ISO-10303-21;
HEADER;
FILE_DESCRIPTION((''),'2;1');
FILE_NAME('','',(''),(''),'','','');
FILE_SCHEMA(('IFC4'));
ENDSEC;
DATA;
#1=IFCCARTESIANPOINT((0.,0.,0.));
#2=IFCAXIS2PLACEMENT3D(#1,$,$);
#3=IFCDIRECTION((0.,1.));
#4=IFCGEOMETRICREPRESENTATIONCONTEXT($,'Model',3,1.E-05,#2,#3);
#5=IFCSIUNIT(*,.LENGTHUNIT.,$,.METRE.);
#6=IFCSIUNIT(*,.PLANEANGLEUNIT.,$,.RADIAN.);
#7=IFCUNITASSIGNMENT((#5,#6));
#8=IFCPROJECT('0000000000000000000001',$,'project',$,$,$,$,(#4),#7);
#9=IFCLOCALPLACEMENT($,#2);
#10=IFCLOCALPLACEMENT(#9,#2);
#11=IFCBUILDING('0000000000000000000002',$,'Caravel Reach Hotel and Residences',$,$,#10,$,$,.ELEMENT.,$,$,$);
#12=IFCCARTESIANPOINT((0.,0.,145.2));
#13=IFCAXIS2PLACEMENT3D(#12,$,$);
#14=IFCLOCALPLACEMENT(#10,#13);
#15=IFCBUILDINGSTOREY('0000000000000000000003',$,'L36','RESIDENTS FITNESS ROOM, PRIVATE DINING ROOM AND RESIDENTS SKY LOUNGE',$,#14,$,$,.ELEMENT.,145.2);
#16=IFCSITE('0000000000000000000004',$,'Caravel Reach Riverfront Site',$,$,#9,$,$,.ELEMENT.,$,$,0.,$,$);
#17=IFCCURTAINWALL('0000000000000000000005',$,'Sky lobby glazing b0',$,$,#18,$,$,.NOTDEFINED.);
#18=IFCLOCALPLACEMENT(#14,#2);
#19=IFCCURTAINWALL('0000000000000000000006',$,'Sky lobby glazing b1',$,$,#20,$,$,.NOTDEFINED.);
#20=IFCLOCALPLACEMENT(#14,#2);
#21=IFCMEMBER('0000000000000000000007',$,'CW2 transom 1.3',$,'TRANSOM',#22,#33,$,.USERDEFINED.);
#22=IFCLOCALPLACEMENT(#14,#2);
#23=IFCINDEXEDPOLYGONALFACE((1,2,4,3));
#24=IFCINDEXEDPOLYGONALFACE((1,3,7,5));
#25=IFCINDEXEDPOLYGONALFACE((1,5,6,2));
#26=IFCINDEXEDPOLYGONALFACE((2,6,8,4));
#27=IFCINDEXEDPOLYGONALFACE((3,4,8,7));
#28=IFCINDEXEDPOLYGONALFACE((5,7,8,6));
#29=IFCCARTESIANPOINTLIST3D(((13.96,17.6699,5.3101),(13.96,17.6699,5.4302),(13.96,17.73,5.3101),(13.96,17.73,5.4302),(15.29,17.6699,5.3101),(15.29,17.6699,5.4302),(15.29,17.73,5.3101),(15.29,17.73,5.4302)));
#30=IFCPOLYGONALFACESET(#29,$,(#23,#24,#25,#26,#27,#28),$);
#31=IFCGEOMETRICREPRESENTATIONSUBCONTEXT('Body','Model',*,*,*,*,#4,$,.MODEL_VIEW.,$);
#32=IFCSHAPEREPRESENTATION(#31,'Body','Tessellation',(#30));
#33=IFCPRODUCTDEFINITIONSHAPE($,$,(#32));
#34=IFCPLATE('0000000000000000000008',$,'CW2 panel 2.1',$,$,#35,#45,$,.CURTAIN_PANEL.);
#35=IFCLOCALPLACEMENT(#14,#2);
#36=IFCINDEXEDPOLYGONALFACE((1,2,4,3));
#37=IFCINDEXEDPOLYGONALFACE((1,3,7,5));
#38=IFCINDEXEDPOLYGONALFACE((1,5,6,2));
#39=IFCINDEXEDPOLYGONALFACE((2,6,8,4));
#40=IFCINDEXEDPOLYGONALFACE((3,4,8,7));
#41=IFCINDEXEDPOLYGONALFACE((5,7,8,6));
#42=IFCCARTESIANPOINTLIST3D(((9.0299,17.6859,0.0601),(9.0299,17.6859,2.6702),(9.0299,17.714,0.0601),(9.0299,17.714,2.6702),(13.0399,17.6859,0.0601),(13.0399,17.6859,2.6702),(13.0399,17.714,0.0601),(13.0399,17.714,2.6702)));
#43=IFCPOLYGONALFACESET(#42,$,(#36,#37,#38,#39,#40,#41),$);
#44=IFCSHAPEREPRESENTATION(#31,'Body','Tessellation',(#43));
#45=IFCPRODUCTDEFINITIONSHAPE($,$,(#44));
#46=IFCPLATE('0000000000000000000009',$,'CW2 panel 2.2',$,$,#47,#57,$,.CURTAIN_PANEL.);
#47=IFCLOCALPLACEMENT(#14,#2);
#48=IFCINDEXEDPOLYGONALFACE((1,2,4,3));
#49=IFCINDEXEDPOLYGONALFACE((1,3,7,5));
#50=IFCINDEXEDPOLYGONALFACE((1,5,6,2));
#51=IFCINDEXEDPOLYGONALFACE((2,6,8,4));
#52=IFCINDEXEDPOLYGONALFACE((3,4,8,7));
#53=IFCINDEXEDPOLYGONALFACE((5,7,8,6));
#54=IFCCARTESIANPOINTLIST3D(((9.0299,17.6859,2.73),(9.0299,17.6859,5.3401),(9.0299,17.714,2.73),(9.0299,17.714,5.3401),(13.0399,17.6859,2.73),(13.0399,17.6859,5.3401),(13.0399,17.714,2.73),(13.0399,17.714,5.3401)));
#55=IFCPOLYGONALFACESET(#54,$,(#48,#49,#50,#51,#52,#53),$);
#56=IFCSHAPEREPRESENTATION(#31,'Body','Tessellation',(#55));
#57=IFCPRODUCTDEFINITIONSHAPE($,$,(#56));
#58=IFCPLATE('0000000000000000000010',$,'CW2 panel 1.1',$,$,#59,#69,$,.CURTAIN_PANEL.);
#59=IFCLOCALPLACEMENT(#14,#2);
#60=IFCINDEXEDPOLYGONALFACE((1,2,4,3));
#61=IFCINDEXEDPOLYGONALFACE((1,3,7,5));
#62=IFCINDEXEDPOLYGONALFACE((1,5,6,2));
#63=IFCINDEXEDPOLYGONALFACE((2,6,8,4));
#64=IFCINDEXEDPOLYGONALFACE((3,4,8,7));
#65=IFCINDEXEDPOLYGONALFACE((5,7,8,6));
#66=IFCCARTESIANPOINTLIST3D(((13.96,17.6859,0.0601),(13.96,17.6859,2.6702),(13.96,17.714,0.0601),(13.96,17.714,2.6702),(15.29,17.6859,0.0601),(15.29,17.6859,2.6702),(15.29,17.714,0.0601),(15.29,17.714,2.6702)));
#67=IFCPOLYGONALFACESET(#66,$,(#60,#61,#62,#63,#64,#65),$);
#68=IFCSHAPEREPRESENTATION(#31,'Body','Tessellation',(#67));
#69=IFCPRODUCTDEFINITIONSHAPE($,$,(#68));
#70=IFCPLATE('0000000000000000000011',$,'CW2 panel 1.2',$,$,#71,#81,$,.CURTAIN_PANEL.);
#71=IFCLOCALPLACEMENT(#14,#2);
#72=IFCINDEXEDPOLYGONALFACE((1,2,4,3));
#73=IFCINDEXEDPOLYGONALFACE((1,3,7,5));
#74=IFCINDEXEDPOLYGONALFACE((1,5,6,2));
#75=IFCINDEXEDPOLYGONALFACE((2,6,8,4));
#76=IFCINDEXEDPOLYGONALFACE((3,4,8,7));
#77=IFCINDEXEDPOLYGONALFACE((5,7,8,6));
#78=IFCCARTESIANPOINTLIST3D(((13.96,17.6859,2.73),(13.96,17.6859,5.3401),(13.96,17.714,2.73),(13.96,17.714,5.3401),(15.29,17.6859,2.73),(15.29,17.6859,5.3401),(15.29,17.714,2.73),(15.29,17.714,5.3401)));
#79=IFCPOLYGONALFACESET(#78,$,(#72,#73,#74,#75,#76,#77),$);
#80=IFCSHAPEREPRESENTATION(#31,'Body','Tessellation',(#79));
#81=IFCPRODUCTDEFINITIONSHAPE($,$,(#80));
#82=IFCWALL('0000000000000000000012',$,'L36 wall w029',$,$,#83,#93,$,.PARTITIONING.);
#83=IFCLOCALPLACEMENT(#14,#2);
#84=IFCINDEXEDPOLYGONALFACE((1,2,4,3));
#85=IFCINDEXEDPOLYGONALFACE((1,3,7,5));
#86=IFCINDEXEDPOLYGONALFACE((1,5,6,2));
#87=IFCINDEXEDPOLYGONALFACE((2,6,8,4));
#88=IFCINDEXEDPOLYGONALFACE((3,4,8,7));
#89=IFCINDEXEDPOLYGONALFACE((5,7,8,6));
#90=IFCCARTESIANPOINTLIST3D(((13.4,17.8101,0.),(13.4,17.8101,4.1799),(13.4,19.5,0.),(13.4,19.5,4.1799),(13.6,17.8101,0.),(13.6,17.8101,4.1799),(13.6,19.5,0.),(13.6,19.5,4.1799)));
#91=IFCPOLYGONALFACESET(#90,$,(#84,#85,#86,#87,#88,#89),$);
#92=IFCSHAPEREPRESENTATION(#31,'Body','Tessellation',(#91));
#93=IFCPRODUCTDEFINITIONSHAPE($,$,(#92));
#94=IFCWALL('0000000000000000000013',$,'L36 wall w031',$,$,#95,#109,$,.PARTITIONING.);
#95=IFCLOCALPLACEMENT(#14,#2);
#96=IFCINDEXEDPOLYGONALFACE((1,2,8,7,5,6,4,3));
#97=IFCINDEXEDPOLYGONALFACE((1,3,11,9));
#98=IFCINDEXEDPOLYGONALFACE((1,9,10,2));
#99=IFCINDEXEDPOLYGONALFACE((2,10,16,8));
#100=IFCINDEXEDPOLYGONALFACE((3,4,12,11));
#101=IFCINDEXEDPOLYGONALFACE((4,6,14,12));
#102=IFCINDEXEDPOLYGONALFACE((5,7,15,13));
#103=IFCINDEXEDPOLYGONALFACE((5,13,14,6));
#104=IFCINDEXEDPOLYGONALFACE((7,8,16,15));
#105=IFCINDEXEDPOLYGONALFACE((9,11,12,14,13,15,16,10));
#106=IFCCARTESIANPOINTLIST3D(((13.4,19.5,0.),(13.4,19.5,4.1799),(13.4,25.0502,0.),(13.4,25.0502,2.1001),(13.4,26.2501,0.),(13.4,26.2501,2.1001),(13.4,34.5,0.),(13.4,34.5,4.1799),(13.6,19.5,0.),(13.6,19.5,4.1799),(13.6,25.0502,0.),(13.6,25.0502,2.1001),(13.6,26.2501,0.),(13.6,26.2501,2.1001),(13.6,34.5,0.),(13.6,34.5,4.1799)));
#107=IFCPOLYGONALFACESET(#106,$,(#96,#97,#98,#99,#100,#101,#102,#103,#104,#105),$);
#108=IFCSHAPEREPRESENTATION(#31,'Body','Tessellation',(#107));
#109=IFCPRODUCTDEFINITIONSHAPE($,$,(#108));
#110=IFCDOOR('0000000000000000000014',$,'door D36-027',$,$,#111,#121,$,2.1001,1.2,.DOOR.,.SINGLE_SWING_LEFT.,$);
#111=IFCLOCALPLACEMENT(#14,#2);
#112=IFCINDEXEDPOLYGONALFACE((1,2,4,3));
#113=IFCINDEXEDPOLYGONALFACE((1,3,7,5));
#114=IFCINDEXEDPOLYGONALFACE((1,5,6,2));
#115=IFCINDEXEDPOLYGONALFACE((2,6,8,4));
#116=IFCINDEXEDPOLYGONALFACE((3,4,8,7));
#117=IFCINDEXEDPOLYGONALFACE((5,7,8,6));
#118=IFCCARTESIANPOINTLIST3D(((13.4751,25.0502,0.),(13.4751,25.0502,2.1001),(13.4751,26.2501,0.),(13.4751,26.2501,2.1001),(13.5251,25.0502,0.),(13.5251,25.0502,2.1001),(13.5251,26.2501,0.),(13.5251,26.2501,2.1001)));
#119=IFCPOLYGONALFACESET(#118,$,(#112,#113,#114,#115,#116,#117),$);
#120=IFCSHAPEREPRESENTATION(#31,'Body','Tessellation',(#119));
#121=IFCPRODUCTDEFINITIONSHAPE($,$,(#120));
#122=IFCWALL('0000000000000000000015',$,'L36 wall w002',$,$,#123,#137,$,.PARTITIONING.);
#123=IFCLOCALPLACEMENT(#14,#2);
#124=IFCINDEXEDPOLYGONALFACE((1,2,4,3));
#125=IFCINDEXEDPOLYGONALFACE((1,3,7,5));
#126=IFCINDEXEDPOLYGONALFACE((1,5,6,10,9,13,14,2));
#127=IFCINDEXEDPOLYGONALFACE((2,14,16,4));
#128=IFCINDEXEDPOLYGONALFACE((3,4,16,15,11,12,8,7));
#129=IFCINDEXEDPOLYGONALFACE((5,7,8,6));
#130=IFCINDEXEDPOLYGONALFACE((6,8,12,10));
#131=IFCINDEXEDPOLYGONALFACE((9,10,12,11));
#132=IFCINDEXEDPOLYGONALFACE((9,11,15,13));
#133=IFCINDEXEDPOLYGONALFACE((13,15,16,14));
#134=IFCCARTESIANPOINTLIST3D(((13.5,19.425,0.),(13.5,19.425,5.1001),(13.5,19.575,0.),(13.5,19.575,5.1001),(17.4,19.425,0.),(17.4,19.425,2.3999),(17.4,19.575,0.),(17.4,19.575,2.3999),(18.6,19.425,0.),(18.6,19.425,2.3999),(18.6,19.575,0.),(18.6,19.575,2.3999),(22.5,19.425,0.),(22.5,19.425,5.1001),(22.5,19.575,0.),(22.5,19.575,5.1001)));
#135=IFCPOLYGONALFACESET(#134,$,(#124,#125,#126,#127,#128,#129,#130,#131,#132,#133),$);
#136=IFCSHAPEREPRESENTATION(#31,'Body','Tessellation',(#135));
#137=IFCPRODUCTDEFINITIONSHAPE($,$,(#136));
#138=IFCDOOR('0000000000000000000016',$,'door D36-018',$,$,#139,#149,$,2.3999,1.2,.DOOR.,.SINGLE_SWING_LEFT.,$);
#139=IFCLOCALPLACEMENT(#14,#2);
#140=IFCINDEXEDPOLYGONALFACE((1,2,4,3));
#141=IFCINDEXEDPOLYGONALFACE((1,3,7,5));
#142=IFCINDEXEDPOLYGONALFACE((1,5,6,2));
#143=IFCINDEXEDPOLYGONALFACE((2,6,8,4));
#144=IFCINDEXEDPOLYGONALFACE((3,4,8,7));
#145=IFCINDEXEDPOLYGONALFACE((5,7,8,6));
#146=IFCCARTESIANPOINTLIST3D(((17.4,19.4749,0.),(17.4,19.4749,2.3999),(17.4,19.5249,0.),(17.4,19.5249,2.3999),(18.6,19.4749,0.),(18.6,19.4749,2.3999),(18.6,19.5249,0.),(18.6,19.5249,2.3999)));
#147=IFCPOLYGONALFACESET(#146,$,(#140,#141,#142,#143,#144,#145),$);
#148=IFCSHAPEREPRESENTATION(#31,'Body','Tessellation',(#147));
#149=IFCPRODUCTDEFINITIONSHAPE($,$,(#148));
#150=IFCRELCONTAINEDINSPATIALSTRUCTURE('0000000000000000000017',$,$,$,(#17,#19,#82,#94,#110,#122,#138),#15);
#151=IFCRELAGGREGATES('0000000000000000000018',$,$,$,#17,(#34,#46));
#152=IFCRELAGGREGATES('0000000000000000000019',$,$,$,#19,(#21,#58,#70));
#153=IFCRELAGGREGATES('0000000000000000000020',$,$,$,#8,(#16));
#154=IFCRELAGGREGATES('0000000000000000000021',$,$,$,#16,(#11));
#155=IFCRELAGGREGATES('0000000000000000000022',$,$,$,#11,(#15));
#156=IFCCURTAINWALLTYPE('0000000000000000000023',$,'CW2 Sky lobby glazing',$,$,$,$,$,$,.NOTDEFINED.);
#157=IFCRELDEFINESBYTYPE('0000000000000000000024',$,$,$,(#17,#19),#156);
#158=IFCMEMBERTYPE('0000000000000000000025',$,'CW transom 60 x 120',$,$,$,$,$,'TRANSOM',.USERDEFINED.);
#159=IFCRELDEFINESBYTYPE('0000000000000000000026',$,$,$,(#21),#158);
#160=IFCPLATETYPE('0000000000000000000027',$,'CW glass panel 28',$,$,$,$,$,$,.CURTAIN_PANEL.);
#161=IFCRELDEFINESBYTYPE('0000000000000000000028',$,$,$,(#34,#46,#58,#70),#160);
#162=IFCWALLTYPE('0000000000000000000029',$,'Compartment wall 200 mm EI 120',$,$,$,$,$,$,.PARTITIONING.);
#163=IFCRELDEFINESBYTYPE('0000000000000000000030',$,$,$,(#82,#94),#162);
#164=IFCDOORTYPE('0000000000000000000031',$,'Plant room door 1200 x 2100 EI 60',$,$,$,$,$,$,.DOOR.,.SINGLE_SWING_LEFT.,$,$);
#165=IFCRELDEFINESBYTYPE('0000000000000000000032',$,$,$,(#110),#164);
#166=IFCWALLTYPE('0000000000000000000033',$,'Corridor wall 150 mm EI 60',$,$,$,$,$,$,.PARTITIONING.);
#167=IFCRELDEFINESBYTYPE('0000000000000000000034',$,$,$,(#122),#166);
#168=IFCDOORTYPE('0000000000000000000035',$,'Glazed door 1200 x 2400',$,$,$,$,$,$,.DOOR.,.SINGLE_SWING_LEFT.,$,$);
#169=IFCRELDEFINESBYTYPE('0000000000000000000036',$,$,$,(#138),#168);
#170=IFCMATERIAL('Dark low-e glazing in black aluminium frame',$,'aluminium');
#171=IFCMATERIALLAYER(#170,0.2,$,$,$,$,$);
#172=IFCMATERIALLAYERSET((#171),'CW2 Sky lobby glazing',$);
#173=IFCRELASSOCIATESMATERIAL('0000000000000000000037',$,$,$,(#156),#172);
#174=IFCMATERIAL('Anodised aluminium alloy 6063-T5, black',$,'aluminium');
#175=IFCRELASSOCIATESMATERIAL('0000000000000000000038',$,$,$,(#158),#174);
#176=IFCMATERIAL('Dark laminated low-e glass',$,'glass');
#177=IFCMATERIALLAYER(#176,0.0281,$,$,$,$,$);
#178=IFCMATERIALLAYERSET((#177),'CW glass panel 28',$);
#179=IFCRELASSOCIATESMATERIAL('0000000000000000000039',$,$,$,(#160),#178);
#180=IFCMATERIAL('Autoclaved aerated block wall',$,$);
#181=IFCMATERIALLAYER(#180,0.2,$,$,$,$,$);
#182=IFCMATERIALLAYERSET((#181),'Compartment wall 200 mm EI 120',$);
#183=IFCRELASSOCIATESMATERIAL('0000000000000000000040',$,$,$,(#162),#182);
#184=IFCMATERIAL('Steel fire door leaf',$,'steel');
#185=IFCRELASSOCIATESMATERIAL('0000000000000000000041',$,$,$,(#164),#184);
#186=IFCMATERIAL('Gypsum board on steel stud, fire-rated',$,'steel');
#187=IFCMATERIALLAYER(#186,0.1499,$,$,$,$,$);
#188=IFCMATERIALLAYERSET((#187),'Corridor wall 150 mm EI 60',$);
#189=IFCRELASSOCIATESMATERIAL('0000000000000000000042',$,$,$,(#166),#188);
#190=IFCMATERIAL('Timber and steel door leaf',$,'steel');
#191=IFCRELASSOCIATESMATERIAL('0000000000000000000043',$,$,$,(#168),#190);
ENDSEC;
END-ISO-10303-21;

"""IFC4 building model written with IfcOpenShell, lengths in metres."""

from ifc_helpers import new_model, si_unit, direction, frame, frame_2d, origin, origin_2d, place, context, subcontext, project, spatial, rectangle, extrude, material, layer, layer_set, material_profile, profile_set, type_object, element, fill, aggregate, save


model = new_model("IFC4")

# Units and contexts
model_context = context("Model", 3, precision=1e-05, world=origin(), true_north=direction((0.0, 1.0)))
body_context = subcontext(model_context, "Body", "Model", "MODEL_VIEW")
ifc_project = project(units=[si_unit("LENGTHUNIT", "METRE"), si_unit("PLANEANGLEUNIT", "RADIAN")], contexts=[model_context])

# Site, building, storey
site_placement = place(None, origin())
site = spatial("IfcSite", under=ifc_project, at=site_placement, Name="Caravel Reach Riverfront Site", CompositionType="ELEMENT", RefElevation=0.0)
building_placement = place(site_placement, origin())
building = spatial("IfcBuilding", under=site, at=building_placement, Name="Caravel Reach Hotel and Residences", CompositionType="ELEMENT")
storey_placement = place(building_placement, frame((0.0, 0.0, 145.2)))
storey = spatial("IfcBuildingStorey", under=building, at=storey_placement, Name="L36", Description="RESIDENTS FITNESS ROOM, PRIVATE DINING ROOM AND RESIDENTS SKY LOUNGE", CompositionType="ELEMENT", Elevation=145.2)

# Curtain wall
ifc_material_1 = material(Name="Dark low-e glazing in black aluminium frame", Category="aluminium")
ifc_layer_1 = layer(ifc_material_1, 0.2)
ifc_layer_set_1 = layer_set([ifc_layer_1], Name="CW2 Sky lobby glazing")
curtain_wall_type = type_object("IfcCurtainWallType", Name="CW2 Sky lobby glazing", PredefinedType="NOTDEFINED", material=ifc_layer_set_1)
curtain_wall_1_placement = place(storey_placement, origin())
curtain_wall_1 = element("IfcCurtainWall", 1, at=curtain_wall_1_placement, inside=storey, type_object=curtain_wall_type, Name="Sky lobby glazing b0", PredefinedType="NOTDEFINED")

# Curtain wall
curtain_wall_2_placement = place(storey_placement, origin())
curtain_wall_2 = element("IfcCurtainWall", 2, at=curtain_wall_2_placement, inside=storey, type_object=curtain_wall_type, Name="Sky lobby glazing b1", PredefinedType="NOTDEFINED")

# Member
ifc_material_2 = material(Name="Anodised aluminium alloy 6063-T5, black", Category="aluminium")
ifc_material_profile_1 = material_profile(ifc_material_2, rectangle(XDim=0.0601, YDim=0.1201, at=origin_2d()), Name="CW transom 60 x 120")
ifc_profile_set_1 = profile_set([ifc_material_profile_1], Name="Anodised aluminium alloy 6063-T5, black")
member_type_1 = type_object("IfcMemberType", Name="CW transom 60 x 120", ElementType="TRANSOM", PredefinedType="USERDEFINED", material=ifc_profile_set_1)
member_1_placement = place(storey_placement, frame((13.96, 17.7, 5.3701), z_axis=(1.0, 0.0, 0.0), x_axis=(0.0, 1.0, 0.0)))
member_1 = element("IfcMember", 3, at=member_1_placement, type_object=member_type_1, Name="CW2 transom 1.3", ObjectType="TRANSOM", PredefinedType="USERDEFINED", context=body_context, shape_type="SweptSolid", body=[
    extrude(rectangle(XDim=0.0601, YDim=0.1201, at=origin_2d()), origin(), (0.0, 0.0, 1.0), 1.3301),
])

# Plates
ifc_material_3 = material(Name="Dark laminated low-e glass", Category="glass")
ifc_layer_2 = layer(ifc_material_3, 0.0281)
ifc_layer_set_2 = layer_set([ifc_layer_2], Name="CW glass panel 28")
plate_type = type_object("IfcPlateType", Name="CW glass panel 28", PredefinedType="CURTAIN_PANEL", material=ifc_layer_set_2)
plate_1_placement = place(storey_placement, frame((11.0349, 17.7, 0.0601), z_axis=(0.0, 0.0, 1.0), x_axis=(1.0, 0.0, 0.0)))
plate_1 = element("IfcPlate", 4, at=plate_1_placement, type_object=plate_type, Name="CW2 panel 2.1", PredefinedType="CURTAIN_PANEL", context=body_context, shape_type="SweptSolid", body=[
    extrude(rectangle(XDim=4.01, YDim=0.0281, at=origin_2d()), origin(), (0.0, 0.0, 1.0), 2.6101),
])
plate_2_placement = place(storey_placement, frame((11.0349, 17.7, 2.73), z_axis=(0.0, 0.0, 1.0), x_axis=(1.0, 0.0, 0.0)))
plate_2 = element("IfcPlate", 5, at=plate_2_placement, type_object=plate_type, Name="CW2 panel 2.2", PredefinedType="CURTAIN_PANEL", context=body_context, shape_type="SweptSolid", body=[
    extrude(rectangle(XDim=4.01, YDim=0.0281, at=origin_2d()), origin(), (0.0, 0.0, 1.0), 2.6101),
])
aggregate(curtain_wall_1, [plate_1, plate_2])
plate_3_placement = place(storey_placement, frame((14.625, 17.7, 0.0601), z_axis=(0.0, 0.0, 1.0), x_axis=(1.0, 0.0, 0.0)))
plate_3 = element("IfcPlate", 6, at=plate_3_placement, type_object=plate_type, Name="CW2 panel 1.1", PredefinedType="CURTAIN_PANEL", context=body_context, shape_type="SweptSolid", body=[
    extrude(rectangle(XDim=1.3301, YDim=0.0281, at=origin_2d()), origin(), (0.0, 0.0, 1.0), 2.6101),
])
plate_4_placement = place(storey_placement, frame((14.625, 17.7, 2.73), z_axis=(0.0, 0.0, 1.0), x_axis=(1.0, 0.0, 0.0)))
plate_4 = element("IfcPlate", 7, at=plate_4_placement, type_object=plate_type, Name="CW2 panel 1.2", PredefinedType="CURTAIN_PANEL", context=body_context, shape_type="SweptSolid", body=[
    extrude(rectangle(XDim=1.3301, YDim=0.0281, at=origin_2d()), origin(), (0.0, 0.0, 1.0), 2.6101),
])
aggregate(curtain_wall_2, [member_1, plate_3, plate_4])

# Wall
ifc_material_4 = material(Name="Autoclaved aerated block wall")
ifc_layer_3 = layer(ifc_material_4, 0.2)
ifc_layer_set_3 = layer_set([ifc_layer_3], Name="Compartment wall 200 mm EI 120")
wall_type_1 = type_object("IfcWallType", Name="Compartment wall 200 mm EI 120", PredefinedType="PARTITIONING", material=ifc_layer_set_3)
wall_1_placement = place(storey_placement, frame((13.5, 17.8101, 0.0), z_axis=(0.0, 0.0, 1.0), x_axis=(0.0, 1.0, 0.0)))
element("IfcWall", 8, at=wall_1_placement, inside=storey, type_object=wall_type_1, Name="L36 wall w029", PredefinedType="PARTITIONING", context=body_context, shape_type="SweptSolid", body=[
    extrude(rectangle(XDim=1.6899, YDim=0.2, at=frame_2d((0.845, 0.0))), origin(), (0.0, 0.0, 1.0), 4.1799),
])

# Walls, openings, doors
wall_2_placement = place(storey_placement, frame((13.5, 19.5, 0.0), z_axis=(0.0, 0.0, 1.0), x_axis=(0.0, 1.0, 0.0)))
wall_2 = element("IfcWall", 9, at=wall_2_placement, inside=storey, type_object=wall_type_1, Name="L36 wall w031", PredefinedType="PARTITIONING", context=body_context, shape_type="SweptSolid", body=[
    extrude(rectangle(XDim=15.0, YDim=0.2, at=frame_2d((7.5, 0.0))), origin(), (0.0, 0.0, 1.0), 4.1799),
])
opening_1_placement = place(wall_2_placement, frame((5.55, 0.0, 0.0)))
opening_1 = element("IfcOpeningElement", 10, at=opening_1_placement, cuts=wall_2, PredefinedType="OPENING", context=body_context, shape_type="SweptSolid", body=[
    extrude(rectangle(XDim=1.2, YDim=2.1001, at=frame_2d((0.6001, 1.05))), frame((0.0, 0.1099, 0.0), z_axis=(0.0, -1.0, 0.0), x_axis=(1.0, 0.0, 0.0)), (0.0, 0.0, 1.0), 0.22),
])
ifc_material_5 = material(Name="Steel fire door leaf", Category="steel")
door_type_1 = type_object("IfcDoorType", Name="Plant room door 1200 x 2100 EI 60", OperationType="SINGLE_SWING_LEFT", PredefinedType="DOOR", material=ifc_material_5)
door_1_placement = place(opening_1_placement, origin())
door_1 = element("IfcDoor", 11, at=door_1_placement, inside=storey, type_object=door_type_1, Name="door D36-027", OperationType="SINGLE_SWING_LEFT", OverallHeight=2.1001, OverallWidth=1.2, PredefinedType="DOOR", context=body_context, shape_type="SweptSolid", body=[
    extrude(rectangle(XDim=1.2, YDim=2.1001, at=frame_2d((0.6001, 1.05))), frame((0.0, 0.0249, 0.0), z_axis=(0.0, -1.0, 0.0), x_axis=(1.0, 0.0, 0.0)), (0.0, 0.0, 1.0), 0.05),
])
fill(opening_1, door_1)
ifc_material_6 = material(Name="Gypsum board on steel stud, fire-rated", Category="steel")
ifc_layer_4 = layer(ifc_material_6, 0.1499)
ifc_layer_set_4 = layer_set([ifc_layer_4], Name="Corridor wall 150 mm EI 60")
wall_type_2 = type_object("IfcWallType", Name="Corridor wall 150 mm EI 60", PredefinedType="PARTITIONING", material=ifc_layer_set_4)
wall_3_placement = place(storey_placement, frame((13.5, 19.5, 0.0), z_axis=(0.0, 0.0, 1.0), x_axis=(1.0, 0.0, 0.0)))
wall_3 = element("IfcWall", 12, at=wall_3_placement, inside=storey, type_object=wall_type_2, Name="L36 wall w002", PredefinedType="PARTITIONING", context=body_context, shape_type="SweptSolid", body=[
    extrude(rectangle(XDim=9.0, YDim=0.1499, at=frame_2d((4.5, 0.0))), origin(), (0.0, 0.0, 1.0), 5.1001),
])
opening_2_placement = place(wall_3_placement, frame((3.8999, 0.0, 0.0)))
opening_2 = element("IfcOpeningElement", 13, at=opening_2_placement, cuts=wall_3, PredefinedType="OPENING", context=body_context, shape_type="SweptSolid", body=[
    extrude(rectangle(XDim=1.2, YDim=2.3999, at=frame_2d((0.6001, 1.2))), frame((0.0, 0.085, 0.0), z_axis=(0.0, -1.0, 0.0), x_axis=(1.0, 0.0, 0.0)), (0.0, 0.0, 1.0), 0.1699),
])
ifc_material_7 = material(Name="Timber and steel door leaf", Category="steel")
door_type_2 = type_object("IfcDoorType", Name="Glazed door 1200 x 2400", OperationType="SINGLE_SWING_LEFT", PredefinedType="DOOR", material=ifc_material_7)
door_2_placement = place(opening_2_placement, origin())
door_2 = element("IfcDoor", 14, at=door_2_placement, inside=storey, type_object=door_type_2, Name="door D36-018", OperationType="SINGLE_SWING_LEFT", OverallHeight=2.3999, OverallWidth=1.2, PredefinedType="DOOR", context=body_context, shape_type="SweptSolid", body=[
    extrude(rectangle(XDim=1.2, YDim=2.3999, at=frame_2d((0.6001, 1.2))), frame((0.0, 0.0249, 0.0), z_axis=(0.0, -1.0, 0.0), x_axis=(1.0, 0.0, 0.0)), (0.0, 0.0, 1.0), 0.05),
])
fill(opening_2, door_2)

save(model, "model.ifc")
